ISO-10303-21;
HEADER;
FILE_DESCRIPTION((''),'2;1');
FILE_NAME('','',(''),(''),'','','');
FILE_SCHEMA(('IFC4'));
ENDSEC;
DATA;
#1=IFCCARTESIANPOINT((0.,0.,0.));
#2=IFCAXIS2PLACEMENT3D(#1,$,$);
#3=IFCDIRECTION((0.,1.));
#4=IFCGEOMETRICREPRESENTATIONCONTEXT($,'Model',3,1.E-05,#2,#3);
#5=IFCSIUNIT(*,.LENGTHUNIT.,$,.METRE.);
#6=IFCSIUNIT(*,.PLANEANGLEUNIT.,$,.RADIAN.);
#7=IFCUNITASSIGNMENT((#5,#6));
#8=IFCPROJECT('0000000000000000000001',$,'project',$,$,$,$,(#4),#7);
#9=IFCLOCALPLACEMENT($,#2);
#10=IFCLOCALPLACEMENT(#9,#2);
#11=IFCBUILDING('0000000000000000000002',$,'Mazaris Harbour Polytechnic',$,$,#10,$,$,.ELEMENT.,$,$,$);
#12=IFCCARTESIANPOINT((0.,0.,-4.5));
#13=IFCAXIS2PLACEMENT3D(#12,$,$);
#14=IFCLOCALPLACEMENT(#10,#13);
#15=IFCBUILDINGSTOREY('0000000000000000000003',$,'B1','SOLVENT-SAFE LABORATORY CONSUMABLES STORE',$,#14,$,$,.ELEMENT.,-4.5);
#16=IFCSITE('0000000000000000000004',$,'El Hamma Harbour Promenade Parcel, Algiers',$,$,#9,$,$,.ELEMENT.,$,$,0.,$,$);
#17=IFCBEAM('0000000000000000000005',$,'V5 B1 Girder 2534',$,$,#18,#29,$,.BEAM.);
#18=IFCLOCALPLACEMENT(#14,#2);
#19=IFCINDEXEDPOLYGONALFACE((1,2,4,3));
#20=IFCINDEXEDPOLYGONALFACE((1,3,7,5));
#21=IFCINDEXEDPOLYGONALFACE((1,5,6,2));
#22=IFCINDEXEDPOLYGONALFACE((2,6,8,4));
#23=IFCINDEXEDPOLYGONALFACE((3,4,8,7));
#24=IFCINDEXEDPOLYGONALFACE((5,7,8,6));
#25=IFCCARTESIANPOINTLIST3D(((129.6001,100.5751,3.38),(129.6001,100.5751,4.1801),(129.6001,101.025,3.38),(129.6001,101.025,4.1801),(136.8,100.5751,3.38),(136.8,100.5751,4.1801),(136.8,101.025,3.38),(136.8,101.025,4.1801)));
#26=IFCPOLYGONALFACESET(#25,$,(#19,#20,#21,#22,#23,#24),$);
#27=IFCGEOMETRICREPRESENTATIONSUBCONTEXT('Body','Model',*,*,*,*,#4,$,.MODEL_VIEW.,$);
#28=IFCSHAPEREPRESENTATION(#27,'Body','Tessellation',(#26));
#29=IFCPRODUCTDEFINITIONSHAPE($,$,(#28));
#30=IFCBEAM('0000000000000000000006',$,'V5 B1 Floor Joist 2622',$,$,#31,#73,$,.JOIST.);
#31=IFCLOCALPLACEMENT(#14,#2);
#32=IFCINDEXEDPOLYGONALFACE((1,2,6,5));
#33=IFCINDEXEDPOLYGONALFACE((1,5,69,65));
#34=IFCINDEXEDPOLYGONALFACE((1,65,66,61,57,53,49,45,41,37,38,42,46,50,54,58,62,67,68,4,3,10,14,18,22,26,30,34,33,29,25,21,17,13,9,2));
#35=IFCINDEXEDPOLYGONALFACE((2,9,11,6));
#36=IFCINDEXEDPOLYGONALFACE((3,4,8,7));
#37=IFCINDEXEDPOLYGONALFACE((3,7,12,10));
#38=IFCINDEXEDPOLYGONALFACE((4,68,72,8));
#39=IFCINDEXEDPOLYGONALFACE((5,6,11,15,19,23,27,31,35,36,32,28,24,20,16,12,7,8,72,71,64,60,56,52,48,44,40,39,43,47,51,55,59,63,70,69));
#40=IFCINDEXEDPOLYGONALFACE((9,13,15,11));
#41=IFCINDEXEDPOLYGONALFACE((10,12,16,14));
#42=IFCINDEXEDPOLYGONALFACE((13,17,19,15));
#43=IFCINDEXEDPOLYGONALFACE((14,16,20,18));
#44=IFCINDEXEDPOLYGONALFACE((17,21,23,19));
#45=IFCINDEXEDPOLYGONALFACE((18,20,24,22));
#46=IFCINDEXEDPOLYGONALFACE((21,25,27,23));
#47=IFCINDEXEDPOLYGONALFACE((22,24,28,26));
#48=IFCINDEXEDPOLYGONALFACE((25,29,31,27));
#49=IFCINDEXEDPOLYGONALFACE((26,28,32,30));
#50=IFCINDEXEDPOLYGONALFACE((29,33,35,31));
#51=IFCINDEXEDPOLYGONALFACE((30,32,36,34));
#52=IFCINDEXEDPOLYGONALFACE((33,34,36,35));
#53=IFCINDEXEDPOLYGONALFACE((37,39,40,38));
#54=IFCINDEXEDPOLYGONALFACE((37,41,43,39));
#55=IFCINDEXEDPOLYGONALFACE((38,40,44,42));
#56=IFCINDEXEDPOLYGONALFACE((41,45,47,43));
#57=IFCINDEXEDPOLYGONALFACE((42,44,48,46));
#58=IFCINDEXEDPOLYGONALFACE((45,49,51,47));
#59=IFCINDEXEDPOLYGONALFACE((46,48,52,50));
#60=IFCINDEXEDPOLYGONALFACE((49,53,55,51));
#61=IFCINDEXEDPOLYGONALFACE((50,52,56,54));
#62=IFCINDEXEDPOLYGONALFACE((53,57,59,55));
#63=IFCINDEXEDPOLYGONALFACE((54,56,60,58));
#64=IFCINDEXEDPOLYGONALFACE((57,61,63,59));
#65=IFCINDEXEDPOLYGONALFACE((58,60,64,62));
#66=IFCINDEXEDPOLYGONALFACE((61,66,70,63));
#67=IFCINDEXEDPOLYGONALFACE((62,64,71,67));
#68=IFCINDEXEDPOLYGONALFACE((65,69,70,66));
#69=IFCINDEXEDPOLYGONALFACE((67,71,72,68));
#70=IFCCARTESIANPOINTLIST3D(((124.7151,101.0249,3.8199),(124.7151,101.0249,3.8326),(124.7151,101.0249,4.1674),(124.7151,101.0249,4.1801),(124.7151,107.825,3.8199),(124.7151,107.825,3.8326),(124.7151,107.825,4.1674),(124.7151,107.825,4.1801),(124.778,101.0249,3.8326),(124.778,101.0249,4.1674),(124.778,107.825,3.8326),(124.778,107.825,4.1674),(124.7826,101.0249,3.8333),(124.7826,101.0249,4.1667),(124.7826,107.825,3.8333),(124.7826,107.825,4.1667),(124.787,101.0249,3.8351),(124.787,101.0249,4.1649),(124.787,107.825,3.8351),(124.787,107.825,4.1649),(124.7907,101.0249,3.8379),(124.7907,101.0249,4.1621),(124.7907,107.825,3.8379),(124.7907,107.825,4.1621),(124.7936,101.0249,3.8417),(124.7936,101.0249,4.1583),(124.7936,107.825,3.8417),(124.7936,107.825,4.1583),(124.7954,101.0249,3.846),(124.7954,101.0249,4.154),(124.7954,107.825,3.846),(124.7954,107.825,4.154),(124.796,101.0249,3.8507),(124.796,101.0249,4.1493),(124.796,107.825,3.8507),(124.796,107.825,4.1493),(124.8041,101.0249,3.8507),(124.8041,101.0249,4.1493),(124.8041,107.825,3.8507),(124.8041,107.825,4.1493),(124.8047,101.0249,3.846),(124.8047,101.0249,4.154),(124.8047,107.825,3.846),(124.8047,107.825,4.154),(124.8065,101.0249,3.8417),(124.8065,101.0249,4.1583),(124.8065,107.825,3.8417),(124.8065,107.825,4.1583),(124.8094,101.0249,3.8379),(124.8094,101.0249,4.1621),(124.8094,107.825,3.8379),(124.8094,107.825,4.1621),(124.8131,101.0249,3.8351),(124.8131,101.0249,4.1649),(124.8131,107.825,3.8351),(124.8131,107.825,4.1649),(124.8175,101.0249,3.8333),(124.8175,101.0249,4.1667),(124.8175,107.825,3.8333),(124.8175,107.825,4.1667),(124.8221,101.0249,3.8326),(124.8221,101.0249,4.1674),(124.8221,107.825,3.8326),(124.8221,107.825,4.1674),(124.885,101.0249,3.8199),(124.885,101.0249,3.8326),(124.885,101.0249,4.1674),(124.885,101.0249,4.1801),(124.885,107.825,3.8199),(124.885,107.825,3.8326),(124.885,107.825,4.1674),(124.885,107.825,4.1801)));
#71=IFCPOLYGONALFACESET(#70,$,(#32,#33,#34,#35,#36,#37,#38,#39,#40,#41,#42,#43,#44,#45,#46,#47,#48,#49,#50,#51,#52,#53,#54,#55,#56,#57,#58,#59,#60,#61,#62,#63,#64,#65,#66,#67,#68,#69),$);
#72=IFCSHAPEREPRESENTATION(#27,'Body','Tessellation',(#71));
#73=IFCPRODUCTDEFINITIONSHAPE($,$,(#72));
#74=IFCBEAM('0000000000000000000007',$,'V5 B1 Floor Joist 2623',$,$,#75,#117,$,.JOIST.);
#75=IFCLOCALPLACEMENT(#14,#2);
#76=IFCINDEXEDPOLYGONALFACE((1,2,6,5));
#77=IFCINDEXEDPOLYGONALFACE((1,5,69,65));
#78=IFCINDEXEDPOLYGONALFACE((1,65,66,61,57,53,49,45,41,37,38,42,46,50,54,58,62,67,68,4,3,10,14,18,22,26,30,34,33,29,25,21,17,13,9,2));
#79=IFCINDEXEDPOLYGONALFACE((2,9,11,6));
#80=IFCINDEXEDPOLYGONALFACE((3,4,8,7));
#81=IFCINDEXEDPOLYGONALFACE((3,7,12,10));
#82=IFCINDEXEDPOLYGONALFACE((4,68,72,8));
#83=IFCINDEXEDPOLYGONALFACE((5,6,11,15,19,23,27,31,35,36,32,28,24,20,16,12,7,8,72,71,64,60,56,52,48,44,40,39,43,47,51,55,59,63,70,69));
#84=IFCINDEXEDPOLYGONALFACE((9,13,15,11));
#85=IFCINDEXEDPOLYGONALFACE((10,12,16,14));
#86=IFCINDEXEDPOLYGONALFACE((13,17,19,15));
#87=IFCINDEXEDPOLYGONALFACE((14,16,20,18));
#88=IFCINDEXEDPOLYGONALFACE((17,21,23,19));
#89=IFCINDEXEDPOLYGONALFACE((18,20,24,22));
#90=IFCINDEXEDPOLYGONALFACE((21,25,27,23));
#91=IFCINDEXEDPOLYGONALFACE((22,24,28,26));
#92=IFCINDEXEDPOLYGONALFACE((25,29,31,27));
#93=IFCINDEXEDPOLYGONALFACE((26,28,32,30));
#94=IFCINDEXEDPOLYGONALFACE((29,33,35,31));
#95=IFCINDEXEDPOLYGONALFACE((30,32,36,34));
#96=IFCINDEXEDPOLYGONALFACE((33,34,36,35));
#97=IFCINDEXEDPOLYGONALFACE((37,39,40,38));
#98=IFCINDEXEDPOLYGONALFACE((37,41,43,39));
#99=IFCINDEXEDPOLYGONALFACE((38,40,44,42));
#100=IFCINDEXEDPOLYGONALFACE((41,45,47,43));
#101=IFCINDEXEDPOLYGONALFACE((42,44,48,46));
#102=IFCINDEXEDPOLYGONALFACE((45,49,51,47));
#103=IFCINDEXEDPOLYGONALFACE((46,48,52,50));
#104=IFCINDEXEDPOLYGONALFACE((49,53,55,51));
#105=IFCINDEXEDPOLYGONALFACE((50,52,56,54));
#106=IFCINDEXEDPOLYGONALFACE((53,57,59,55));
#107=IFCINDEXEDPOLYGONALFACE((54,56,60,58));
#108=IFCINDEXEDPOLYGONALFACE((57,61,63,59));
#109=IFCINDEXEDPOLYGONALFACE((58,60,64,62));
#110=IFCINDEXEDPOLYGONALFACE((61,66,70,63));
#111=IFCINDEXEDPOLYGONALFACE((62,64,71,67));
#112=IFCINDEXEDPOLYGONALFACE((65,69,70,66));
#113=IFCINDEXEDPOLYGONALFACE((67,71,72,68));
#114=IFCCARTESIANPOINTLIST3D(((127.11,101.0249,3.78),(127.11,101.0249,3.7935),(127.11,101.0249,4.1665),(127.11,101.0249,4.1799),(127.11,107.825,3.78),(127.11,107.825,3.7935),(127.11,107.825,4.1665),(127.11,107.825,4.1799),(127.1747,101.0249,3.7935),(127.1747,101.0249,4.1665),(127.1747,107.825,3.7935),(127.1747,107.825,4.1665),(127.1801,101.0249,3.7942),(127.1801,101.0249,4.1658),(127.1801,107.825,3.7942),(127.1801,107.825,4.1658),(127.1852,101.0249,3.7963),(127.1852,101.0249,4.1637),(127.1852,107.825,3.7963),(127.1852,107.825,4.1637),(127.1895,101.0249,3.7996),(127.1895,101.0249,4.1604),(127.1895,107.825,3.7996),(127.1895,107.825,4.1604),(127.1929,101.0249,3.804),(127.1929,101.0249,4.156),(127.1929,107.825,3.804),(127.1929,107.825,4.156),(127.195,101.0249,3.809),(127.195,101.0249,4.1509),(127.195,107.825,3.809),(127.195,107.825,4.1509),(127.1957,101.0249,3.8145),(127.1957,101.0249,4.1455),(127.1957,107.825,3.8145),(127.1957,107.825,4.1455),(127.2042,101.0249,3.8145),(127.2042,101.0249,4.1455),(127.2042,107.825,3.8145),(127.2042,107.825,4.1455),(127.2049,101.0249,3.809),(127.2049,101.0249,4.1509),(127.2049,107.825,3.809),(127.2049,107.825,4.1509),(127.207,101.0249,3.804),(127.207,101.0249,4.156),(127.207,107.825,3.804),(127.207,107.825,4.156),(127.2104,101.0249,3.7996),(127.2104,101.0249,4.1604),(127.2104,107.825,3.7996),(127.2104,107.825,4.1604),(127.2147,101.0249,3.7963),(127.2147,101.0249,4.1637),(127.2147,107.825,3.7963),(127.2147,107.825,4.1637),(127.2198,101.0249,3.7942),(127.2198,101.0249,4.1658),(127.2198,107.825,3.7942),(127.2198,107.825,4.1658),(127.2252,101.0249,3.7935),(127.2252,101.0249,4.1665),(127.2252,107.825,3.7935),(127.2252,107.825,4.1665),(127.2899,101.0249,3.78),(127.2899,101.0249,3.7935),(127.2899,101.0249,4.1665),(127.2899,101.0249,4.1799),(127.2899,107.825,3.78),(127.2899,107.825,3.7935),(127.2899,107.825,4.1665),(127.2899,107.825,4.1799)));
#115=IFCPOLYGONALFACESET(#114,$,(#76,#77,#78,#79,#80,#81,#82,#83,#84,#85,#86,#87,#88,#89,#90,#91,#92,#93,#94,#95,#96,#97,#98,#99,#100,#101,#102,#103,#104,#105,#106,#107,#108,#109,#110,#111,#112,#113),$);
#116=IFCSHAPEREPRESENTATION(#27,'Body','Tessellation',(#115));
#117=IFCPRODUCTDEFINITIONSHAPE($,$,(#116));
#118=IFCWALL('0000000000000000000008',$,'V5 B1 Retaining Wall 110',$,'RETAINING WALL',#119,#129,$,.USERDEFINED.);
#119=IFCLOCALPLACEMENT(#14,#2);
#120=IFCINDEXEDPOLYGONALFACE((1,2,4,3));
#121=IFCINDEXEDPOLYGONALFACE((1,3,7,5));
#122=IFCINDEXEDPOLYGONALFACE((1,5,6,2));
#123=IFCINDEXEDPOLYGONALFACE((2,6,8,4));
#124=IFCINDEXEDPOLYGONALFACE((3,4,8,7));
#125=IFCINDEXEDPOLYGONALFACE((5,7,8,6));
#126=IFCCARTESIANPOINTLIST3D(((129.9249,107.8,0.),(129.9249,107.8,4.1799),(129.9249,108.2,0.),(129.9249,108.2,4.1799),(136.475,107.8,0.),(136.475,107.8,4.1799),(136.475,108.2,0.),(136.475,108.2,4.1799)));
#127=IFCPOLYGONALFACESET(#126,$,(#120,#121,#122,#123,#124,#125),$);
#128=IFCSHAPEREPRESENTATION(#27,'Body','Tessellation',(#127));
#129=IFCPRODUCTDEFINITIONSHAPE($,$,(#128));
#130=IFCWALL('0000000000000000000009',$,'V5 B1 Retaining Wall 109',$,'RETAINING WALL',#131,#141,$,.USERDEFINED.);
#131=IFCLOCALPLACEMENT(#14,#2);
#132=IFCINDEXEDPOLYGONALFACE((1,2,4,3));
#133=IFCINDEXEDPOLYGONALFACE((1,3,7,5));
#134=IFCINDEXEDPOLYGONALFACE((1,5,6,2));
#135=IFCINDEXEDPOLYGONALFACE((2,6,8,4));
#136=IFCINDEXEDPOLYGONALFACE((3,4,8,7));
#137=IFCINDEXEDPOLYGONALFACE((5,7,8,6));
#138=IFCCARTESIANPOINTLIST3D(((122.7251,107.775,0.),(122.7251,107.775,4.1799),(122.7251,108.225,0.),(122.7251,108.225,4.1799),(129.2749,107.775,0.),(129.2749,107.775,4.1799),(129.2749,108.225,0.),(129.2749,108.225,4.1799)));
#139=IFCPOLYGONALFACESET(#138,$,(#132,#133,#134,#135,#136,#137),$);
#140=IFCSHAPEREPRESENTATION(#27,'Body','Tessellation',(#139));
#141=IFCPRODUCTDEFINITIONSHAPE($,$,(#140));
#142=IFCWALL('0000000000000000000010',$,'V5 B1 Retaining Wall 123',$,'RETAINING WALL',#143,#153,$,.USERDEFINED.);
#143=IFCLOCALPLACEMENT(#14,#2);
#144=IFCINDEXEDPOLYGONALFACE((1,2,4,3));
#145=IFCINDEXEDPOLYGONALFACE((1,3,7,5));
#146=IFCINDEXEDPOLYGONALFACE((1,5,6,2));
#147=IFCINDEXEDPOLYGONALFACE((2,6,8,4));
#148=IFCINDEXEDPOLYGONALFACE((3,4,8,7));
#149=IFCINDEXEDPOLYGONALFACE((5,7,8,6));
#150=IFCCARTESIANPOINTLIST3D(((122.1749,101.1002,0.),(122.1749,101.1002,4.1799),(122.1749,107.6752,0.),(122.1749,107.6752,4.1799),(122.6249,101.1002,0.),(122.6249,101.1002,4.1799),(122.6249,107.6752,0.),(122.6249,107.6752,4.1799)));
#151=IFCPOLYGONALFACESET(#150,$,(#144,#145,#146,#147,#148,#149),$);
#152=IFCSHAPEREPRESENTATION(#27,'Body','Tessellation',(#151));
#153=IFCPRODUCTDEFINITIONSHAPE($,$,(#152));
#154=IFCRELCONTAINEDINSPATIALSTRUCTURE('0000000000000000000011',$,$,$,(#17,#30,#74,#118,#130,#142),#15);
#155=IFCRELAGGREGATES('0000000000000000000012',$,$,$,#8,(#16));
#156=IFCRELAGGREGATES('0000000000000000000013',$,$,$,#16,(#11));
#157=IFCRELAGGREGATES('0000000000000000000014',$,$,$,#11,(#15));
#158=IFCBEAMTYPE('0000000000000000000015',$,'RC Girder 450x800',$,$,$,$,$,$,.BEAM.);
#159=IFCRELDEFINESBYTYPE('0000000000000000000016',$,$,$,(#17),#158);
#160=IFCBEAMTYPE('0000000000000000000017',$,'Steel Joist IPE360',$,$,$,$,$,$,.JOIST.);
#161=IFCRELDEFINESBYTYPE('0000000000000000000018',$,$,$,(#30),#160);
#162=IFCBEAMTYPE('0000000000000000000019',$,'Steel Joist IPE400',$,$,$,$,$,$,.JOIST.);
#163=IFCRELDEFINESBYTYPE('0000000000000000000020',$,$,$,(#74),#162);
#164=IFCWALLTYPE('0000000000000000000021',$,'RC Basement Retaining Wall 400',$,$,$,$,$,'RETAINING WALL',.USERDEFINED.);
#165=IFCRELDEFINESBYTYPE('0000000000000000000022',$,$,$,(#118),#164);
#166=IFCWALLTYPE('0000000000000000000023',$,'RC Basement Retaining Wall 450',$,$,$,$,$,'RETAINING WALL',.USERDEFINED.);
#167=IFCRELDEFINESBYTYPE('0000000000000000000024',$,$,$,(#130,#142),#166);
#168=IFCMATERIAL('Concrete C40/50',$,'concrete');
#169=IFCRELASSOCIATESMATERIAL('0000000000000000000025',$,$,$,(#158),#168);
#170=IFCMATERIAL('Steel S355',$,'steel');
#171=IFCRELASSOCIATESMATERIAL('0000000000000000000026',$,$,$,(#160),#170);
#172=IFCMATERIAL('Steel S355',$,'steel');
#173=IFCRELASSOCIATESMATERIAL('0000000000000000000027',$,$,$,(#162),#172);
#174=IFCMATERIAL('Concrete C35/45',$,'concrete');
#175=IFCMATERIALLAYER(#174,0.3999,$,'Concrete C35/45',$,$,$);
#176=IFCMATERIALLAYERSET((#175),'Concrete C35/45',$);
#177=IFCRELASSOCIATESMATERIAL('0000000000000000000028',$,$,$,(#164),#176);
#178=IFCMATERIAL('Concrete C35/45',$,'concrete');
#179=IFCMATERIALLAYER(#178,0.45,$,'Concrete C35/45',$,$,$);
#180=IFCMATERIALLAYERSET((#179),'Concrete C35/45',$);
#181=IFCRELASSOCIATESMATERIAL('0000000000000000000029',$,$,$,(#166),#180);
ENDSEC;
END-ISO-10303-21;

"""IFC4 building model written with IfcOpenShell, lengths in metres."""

from ifc_helpers import new_model, si_unit, direction, frame, frame_2d, origin, origin_2d, place, context, subcontext, project, spatial, rectangle, i_section, extrude, material, layer, layer_set, material_profile, profile_set, type_object, element, save


model = new_model("IFC4")

# Units and contexts
model_context = context("Model", 3, precision=1e-05, world=origin(), true_north=direction((0.0, 1.0)))
body_context = subcontext(model_context, "Body", "Model", "MODEL_VIEW")
ifc_project = project(units=[si_unit("LENGTHUNIT", "METRE"), si_unit("PLANEANGLEUNIT", "RADIAN")], contexts=[model_context])

# Site, building, storey
site_placement = place(None, origin())
site = spatial("IfcSite", under=ifc_project, at=site_placement, Name="El Hamma Harbour Promenade Parcel, Algiers", CompositionType="ELEMENT", RefElevation=0.0)
building_placement = place(site_placement, origin())
building = spatial("IfcBuilding", under=site, at=building_placement, Name="Mazaris Harbour Polytechnic", CompositionType="ELEMENT")
storey_placement = place(building_placement, frame((0.0, 0.0, -4.5)))
storey = spatial("IfcBuildingStorey", under=building, at=storey_placement, Name="B1", Description="SOLVENT-SAFE LABORATORY CONSUMABLES STORE", CompositionType="ELEMENT", Elevation=-4.5)

# Beams
ifc_material_1 = material(Name="Concrete C40/50", Category="concrete")
ifc_material_profile_1 = material_profile(ifc_material_1, rectangle(XDim=0.45, YDim=0.8, at=origin_2d()), Name="RECT450x800")
ifc_profile_set_1 = profile_set([ifc_material_profile_1], Name="Concrete C40/50")
beam_type_1 = type_object("IfcBeamType", Name="RC Girder 450x800", PredefinedType="BEAM", material=ifc_profile_set_1)
beam_1_placement = place(storey_placement, frame((129.6001, 100.8, 3.78), z_axis=(1.0, 0.0, 0.0), x_axis=(0.0, 1.0, 0.0)))
element("IfcBeam", 1, at=beam_1_placement, inside=storey, type_object=beam_type_1, Name="V5 B1 Girder 2534", PredefinedType="BEAM", context=body_context, shape_type="SweptSolid", body=[
    extrude(rectangle(XDim=0.45, YDim=0.8, at=origin_2d()), origin(), (0.0, 0.0, 1.0), 7.2),
])
ifc_material_2 = material(Name="Steel S355", Category="steel")
ifc_material_profile_2 = material_profile(ifc_material_2, i_section(OverallWidth=0.1699, OverallDepth=0.3601, WebThickness=0.0081, FlangeThickness=0.0127, FilletRadius=0.0181, at=origin_2d()), Name="IPE 360")
ifc_profile_set_2 = profile_set([ifc_material_profile_2], Name="Steel S355")
beam_type_2 = type_object("IfcBeamType", Name="Steel Joist IPE360", PredefinedType="JOIST", material=ifc_profile_set_2)
beam_2_placement = place(storey_placement, frame((124.8, 101.0249, 4.0), z_axis=(0.0, 1.0, 0.0), x_axis=(-1.0, 0.0, 0.0)))
element("IfcBeam", 2, at=beam_2_placement, inside=storey, type_object=beam_type_2, Name="V5 B1 Floor Joist 2622", PredefinedType="JOIST", context=body_context, shape_type="SweptSolid", body=[
    extrude(i_section(OverallWidth=0.1699, OverallDepth=0.3601, WebThickness=0.0081, FlangeThickness=0.0127, FilletRadius=0.0181, at=origin_2d()), origin(), (0.0, 0.0, 1.0), 6.8),
])
ifc_material_3 = material(Name="Steel S355", Category="steel")
ifc_material_profile_3 = material_profile(ifc_material_3, i_section(OverallWidth=0.1799, OverallDepth=0.3999, WebThickness=0.0085, FlangeThickness=0.0134, FilletRadius=0.021, at=origin_2d()), Name="IPE 400")
ifc_profile_set_3 = profile_set([ifc_material_profile_3], Name="Steel S355")
beam_type_3 = type_object("IfcBeamType", Name="Steel Joist IPE400", PredefinedType="JOIST", material=ifc_profile_set_3)
beam_3_placement = place(storey_placement, frame((127.2, 101.0249, 3.98), z_axis=(0.0, 1.0, 0.0), x_axis=(-1.0, 0.0, 0.0)))
element("IfcBeam", 3, at=beam_3_placement, inside=storey, type_object=beam_type_3, Name="V5 B1 Floor Joist 2623", PredefinedType="JOIST", context=body_context, shape_type="SweptSolid", body=[
    extrude(i_section(OverallWidth=0.1799, OverallDepth=0.3999, WebThickness=0.0085, FlangeThickness=0.0134, FilletRadius=0.021, at=origin_2d()), origin(), (0.0, 0.0, 1.0), 6.8),
])

# Walls
ifc_material_4 = material(Name="Concrete C35/45", Category="concrete")
ifc_layer_1 = layer(ifc_material_4, 0.3999, Name="Concrete C35/45")
ifc_layer_set_1 = layer_set([ifc_layer_1], Name="Concrete C35/45")
wall_type_1 = type_object("IfcWallType", Name="RC Basement Retaining Wall 400", ElementType="RETAINING WALL", PredefinedType="USERDEFINED", material=ifc_layer_set_1)
wall_1_placement = place(storey_placement, frame((129.925, 108.0, 0.0), z_axis=(0.0, 0.0, 1.0), x_axis=(1.0, 0.0, 0.0)))
element("IfcWall", 4, at=wall_1_placement, inside=storey, type_object=wall_type_1, Name="V5 B1 Retaining Wall 110", ObjectType="RETAINING WALL", PredefinedType="USERDEFINED", context=body_context, shape_type="SweptSolid", body=[
    extrude(rectangle(XDim=6.55, YDim=0.3999, at=frame_2d((3.2749, 0.0))), origin(), (0.0, 0.0, 1.0), 4.1799),
])
ifc_material_5 = material(Name="Concrete C35/45", Category="concrete")
ifc_layer_2 = layer(ifc_material_5, 0.45, Name="Concrete C35/45")
ifc_layer_set_2 = layer_set([ifc_layer_2], Name="Concrete C35/45")
wall_type_2 = type_object("IfcWallType", Name="RC Basement Retaining Wall 450", ElementType="RETAINING WALL", PredefinedType="USERDEFINED", material=ifc_layer_set_2)
wall_2_placement = place(storey_placement, frame((122.7251, 108.0, 0.0), z_axis=(0.0, 0.0, 1.0), x_axis=(1.0, 0.0, 0.0)))
element("IfcWall", 5, at=wall_2_placement, inside=storey, type_object=wall_type_2, Name="V5 B1 Retaining Wall 109", ObjectType="RETAINING WALL", PredefinedType="USERDEFINED", context=body_context, shape_type="SweptSolid", body=[
    extrude(rectangle(XDim=6.5498, YDim=0.45, at=frame_2d((3.2749, 0.0))), origin(), (0.0, 0.0, 1.0), 4.1799),
])
wall_3_placement = place(storey_placement, frame((122.3999, 101.1001, 0.0), z_axis=(0.0, 0.0, 1.0), x_axis=(0.0, 1.0, 0.0)))
element("IfcWall", 6, at=wall_3_placement, inside=storey, type_object=wall_type_2, Name="V5 B1 Retaining Wall 123", ObjectType="RETAINING WALL", PredefinedType="USERDEFINED", context=body_context, shape_type="SweptSolid", body=[
    extrude(rectangle(XDim=6.575, YDim=0.45, at=frame_2d((3.2876, 0.0))), origin(), (0.0, 0.0, 1.0), 4.1799),
])

save(model, "model.ifc")
